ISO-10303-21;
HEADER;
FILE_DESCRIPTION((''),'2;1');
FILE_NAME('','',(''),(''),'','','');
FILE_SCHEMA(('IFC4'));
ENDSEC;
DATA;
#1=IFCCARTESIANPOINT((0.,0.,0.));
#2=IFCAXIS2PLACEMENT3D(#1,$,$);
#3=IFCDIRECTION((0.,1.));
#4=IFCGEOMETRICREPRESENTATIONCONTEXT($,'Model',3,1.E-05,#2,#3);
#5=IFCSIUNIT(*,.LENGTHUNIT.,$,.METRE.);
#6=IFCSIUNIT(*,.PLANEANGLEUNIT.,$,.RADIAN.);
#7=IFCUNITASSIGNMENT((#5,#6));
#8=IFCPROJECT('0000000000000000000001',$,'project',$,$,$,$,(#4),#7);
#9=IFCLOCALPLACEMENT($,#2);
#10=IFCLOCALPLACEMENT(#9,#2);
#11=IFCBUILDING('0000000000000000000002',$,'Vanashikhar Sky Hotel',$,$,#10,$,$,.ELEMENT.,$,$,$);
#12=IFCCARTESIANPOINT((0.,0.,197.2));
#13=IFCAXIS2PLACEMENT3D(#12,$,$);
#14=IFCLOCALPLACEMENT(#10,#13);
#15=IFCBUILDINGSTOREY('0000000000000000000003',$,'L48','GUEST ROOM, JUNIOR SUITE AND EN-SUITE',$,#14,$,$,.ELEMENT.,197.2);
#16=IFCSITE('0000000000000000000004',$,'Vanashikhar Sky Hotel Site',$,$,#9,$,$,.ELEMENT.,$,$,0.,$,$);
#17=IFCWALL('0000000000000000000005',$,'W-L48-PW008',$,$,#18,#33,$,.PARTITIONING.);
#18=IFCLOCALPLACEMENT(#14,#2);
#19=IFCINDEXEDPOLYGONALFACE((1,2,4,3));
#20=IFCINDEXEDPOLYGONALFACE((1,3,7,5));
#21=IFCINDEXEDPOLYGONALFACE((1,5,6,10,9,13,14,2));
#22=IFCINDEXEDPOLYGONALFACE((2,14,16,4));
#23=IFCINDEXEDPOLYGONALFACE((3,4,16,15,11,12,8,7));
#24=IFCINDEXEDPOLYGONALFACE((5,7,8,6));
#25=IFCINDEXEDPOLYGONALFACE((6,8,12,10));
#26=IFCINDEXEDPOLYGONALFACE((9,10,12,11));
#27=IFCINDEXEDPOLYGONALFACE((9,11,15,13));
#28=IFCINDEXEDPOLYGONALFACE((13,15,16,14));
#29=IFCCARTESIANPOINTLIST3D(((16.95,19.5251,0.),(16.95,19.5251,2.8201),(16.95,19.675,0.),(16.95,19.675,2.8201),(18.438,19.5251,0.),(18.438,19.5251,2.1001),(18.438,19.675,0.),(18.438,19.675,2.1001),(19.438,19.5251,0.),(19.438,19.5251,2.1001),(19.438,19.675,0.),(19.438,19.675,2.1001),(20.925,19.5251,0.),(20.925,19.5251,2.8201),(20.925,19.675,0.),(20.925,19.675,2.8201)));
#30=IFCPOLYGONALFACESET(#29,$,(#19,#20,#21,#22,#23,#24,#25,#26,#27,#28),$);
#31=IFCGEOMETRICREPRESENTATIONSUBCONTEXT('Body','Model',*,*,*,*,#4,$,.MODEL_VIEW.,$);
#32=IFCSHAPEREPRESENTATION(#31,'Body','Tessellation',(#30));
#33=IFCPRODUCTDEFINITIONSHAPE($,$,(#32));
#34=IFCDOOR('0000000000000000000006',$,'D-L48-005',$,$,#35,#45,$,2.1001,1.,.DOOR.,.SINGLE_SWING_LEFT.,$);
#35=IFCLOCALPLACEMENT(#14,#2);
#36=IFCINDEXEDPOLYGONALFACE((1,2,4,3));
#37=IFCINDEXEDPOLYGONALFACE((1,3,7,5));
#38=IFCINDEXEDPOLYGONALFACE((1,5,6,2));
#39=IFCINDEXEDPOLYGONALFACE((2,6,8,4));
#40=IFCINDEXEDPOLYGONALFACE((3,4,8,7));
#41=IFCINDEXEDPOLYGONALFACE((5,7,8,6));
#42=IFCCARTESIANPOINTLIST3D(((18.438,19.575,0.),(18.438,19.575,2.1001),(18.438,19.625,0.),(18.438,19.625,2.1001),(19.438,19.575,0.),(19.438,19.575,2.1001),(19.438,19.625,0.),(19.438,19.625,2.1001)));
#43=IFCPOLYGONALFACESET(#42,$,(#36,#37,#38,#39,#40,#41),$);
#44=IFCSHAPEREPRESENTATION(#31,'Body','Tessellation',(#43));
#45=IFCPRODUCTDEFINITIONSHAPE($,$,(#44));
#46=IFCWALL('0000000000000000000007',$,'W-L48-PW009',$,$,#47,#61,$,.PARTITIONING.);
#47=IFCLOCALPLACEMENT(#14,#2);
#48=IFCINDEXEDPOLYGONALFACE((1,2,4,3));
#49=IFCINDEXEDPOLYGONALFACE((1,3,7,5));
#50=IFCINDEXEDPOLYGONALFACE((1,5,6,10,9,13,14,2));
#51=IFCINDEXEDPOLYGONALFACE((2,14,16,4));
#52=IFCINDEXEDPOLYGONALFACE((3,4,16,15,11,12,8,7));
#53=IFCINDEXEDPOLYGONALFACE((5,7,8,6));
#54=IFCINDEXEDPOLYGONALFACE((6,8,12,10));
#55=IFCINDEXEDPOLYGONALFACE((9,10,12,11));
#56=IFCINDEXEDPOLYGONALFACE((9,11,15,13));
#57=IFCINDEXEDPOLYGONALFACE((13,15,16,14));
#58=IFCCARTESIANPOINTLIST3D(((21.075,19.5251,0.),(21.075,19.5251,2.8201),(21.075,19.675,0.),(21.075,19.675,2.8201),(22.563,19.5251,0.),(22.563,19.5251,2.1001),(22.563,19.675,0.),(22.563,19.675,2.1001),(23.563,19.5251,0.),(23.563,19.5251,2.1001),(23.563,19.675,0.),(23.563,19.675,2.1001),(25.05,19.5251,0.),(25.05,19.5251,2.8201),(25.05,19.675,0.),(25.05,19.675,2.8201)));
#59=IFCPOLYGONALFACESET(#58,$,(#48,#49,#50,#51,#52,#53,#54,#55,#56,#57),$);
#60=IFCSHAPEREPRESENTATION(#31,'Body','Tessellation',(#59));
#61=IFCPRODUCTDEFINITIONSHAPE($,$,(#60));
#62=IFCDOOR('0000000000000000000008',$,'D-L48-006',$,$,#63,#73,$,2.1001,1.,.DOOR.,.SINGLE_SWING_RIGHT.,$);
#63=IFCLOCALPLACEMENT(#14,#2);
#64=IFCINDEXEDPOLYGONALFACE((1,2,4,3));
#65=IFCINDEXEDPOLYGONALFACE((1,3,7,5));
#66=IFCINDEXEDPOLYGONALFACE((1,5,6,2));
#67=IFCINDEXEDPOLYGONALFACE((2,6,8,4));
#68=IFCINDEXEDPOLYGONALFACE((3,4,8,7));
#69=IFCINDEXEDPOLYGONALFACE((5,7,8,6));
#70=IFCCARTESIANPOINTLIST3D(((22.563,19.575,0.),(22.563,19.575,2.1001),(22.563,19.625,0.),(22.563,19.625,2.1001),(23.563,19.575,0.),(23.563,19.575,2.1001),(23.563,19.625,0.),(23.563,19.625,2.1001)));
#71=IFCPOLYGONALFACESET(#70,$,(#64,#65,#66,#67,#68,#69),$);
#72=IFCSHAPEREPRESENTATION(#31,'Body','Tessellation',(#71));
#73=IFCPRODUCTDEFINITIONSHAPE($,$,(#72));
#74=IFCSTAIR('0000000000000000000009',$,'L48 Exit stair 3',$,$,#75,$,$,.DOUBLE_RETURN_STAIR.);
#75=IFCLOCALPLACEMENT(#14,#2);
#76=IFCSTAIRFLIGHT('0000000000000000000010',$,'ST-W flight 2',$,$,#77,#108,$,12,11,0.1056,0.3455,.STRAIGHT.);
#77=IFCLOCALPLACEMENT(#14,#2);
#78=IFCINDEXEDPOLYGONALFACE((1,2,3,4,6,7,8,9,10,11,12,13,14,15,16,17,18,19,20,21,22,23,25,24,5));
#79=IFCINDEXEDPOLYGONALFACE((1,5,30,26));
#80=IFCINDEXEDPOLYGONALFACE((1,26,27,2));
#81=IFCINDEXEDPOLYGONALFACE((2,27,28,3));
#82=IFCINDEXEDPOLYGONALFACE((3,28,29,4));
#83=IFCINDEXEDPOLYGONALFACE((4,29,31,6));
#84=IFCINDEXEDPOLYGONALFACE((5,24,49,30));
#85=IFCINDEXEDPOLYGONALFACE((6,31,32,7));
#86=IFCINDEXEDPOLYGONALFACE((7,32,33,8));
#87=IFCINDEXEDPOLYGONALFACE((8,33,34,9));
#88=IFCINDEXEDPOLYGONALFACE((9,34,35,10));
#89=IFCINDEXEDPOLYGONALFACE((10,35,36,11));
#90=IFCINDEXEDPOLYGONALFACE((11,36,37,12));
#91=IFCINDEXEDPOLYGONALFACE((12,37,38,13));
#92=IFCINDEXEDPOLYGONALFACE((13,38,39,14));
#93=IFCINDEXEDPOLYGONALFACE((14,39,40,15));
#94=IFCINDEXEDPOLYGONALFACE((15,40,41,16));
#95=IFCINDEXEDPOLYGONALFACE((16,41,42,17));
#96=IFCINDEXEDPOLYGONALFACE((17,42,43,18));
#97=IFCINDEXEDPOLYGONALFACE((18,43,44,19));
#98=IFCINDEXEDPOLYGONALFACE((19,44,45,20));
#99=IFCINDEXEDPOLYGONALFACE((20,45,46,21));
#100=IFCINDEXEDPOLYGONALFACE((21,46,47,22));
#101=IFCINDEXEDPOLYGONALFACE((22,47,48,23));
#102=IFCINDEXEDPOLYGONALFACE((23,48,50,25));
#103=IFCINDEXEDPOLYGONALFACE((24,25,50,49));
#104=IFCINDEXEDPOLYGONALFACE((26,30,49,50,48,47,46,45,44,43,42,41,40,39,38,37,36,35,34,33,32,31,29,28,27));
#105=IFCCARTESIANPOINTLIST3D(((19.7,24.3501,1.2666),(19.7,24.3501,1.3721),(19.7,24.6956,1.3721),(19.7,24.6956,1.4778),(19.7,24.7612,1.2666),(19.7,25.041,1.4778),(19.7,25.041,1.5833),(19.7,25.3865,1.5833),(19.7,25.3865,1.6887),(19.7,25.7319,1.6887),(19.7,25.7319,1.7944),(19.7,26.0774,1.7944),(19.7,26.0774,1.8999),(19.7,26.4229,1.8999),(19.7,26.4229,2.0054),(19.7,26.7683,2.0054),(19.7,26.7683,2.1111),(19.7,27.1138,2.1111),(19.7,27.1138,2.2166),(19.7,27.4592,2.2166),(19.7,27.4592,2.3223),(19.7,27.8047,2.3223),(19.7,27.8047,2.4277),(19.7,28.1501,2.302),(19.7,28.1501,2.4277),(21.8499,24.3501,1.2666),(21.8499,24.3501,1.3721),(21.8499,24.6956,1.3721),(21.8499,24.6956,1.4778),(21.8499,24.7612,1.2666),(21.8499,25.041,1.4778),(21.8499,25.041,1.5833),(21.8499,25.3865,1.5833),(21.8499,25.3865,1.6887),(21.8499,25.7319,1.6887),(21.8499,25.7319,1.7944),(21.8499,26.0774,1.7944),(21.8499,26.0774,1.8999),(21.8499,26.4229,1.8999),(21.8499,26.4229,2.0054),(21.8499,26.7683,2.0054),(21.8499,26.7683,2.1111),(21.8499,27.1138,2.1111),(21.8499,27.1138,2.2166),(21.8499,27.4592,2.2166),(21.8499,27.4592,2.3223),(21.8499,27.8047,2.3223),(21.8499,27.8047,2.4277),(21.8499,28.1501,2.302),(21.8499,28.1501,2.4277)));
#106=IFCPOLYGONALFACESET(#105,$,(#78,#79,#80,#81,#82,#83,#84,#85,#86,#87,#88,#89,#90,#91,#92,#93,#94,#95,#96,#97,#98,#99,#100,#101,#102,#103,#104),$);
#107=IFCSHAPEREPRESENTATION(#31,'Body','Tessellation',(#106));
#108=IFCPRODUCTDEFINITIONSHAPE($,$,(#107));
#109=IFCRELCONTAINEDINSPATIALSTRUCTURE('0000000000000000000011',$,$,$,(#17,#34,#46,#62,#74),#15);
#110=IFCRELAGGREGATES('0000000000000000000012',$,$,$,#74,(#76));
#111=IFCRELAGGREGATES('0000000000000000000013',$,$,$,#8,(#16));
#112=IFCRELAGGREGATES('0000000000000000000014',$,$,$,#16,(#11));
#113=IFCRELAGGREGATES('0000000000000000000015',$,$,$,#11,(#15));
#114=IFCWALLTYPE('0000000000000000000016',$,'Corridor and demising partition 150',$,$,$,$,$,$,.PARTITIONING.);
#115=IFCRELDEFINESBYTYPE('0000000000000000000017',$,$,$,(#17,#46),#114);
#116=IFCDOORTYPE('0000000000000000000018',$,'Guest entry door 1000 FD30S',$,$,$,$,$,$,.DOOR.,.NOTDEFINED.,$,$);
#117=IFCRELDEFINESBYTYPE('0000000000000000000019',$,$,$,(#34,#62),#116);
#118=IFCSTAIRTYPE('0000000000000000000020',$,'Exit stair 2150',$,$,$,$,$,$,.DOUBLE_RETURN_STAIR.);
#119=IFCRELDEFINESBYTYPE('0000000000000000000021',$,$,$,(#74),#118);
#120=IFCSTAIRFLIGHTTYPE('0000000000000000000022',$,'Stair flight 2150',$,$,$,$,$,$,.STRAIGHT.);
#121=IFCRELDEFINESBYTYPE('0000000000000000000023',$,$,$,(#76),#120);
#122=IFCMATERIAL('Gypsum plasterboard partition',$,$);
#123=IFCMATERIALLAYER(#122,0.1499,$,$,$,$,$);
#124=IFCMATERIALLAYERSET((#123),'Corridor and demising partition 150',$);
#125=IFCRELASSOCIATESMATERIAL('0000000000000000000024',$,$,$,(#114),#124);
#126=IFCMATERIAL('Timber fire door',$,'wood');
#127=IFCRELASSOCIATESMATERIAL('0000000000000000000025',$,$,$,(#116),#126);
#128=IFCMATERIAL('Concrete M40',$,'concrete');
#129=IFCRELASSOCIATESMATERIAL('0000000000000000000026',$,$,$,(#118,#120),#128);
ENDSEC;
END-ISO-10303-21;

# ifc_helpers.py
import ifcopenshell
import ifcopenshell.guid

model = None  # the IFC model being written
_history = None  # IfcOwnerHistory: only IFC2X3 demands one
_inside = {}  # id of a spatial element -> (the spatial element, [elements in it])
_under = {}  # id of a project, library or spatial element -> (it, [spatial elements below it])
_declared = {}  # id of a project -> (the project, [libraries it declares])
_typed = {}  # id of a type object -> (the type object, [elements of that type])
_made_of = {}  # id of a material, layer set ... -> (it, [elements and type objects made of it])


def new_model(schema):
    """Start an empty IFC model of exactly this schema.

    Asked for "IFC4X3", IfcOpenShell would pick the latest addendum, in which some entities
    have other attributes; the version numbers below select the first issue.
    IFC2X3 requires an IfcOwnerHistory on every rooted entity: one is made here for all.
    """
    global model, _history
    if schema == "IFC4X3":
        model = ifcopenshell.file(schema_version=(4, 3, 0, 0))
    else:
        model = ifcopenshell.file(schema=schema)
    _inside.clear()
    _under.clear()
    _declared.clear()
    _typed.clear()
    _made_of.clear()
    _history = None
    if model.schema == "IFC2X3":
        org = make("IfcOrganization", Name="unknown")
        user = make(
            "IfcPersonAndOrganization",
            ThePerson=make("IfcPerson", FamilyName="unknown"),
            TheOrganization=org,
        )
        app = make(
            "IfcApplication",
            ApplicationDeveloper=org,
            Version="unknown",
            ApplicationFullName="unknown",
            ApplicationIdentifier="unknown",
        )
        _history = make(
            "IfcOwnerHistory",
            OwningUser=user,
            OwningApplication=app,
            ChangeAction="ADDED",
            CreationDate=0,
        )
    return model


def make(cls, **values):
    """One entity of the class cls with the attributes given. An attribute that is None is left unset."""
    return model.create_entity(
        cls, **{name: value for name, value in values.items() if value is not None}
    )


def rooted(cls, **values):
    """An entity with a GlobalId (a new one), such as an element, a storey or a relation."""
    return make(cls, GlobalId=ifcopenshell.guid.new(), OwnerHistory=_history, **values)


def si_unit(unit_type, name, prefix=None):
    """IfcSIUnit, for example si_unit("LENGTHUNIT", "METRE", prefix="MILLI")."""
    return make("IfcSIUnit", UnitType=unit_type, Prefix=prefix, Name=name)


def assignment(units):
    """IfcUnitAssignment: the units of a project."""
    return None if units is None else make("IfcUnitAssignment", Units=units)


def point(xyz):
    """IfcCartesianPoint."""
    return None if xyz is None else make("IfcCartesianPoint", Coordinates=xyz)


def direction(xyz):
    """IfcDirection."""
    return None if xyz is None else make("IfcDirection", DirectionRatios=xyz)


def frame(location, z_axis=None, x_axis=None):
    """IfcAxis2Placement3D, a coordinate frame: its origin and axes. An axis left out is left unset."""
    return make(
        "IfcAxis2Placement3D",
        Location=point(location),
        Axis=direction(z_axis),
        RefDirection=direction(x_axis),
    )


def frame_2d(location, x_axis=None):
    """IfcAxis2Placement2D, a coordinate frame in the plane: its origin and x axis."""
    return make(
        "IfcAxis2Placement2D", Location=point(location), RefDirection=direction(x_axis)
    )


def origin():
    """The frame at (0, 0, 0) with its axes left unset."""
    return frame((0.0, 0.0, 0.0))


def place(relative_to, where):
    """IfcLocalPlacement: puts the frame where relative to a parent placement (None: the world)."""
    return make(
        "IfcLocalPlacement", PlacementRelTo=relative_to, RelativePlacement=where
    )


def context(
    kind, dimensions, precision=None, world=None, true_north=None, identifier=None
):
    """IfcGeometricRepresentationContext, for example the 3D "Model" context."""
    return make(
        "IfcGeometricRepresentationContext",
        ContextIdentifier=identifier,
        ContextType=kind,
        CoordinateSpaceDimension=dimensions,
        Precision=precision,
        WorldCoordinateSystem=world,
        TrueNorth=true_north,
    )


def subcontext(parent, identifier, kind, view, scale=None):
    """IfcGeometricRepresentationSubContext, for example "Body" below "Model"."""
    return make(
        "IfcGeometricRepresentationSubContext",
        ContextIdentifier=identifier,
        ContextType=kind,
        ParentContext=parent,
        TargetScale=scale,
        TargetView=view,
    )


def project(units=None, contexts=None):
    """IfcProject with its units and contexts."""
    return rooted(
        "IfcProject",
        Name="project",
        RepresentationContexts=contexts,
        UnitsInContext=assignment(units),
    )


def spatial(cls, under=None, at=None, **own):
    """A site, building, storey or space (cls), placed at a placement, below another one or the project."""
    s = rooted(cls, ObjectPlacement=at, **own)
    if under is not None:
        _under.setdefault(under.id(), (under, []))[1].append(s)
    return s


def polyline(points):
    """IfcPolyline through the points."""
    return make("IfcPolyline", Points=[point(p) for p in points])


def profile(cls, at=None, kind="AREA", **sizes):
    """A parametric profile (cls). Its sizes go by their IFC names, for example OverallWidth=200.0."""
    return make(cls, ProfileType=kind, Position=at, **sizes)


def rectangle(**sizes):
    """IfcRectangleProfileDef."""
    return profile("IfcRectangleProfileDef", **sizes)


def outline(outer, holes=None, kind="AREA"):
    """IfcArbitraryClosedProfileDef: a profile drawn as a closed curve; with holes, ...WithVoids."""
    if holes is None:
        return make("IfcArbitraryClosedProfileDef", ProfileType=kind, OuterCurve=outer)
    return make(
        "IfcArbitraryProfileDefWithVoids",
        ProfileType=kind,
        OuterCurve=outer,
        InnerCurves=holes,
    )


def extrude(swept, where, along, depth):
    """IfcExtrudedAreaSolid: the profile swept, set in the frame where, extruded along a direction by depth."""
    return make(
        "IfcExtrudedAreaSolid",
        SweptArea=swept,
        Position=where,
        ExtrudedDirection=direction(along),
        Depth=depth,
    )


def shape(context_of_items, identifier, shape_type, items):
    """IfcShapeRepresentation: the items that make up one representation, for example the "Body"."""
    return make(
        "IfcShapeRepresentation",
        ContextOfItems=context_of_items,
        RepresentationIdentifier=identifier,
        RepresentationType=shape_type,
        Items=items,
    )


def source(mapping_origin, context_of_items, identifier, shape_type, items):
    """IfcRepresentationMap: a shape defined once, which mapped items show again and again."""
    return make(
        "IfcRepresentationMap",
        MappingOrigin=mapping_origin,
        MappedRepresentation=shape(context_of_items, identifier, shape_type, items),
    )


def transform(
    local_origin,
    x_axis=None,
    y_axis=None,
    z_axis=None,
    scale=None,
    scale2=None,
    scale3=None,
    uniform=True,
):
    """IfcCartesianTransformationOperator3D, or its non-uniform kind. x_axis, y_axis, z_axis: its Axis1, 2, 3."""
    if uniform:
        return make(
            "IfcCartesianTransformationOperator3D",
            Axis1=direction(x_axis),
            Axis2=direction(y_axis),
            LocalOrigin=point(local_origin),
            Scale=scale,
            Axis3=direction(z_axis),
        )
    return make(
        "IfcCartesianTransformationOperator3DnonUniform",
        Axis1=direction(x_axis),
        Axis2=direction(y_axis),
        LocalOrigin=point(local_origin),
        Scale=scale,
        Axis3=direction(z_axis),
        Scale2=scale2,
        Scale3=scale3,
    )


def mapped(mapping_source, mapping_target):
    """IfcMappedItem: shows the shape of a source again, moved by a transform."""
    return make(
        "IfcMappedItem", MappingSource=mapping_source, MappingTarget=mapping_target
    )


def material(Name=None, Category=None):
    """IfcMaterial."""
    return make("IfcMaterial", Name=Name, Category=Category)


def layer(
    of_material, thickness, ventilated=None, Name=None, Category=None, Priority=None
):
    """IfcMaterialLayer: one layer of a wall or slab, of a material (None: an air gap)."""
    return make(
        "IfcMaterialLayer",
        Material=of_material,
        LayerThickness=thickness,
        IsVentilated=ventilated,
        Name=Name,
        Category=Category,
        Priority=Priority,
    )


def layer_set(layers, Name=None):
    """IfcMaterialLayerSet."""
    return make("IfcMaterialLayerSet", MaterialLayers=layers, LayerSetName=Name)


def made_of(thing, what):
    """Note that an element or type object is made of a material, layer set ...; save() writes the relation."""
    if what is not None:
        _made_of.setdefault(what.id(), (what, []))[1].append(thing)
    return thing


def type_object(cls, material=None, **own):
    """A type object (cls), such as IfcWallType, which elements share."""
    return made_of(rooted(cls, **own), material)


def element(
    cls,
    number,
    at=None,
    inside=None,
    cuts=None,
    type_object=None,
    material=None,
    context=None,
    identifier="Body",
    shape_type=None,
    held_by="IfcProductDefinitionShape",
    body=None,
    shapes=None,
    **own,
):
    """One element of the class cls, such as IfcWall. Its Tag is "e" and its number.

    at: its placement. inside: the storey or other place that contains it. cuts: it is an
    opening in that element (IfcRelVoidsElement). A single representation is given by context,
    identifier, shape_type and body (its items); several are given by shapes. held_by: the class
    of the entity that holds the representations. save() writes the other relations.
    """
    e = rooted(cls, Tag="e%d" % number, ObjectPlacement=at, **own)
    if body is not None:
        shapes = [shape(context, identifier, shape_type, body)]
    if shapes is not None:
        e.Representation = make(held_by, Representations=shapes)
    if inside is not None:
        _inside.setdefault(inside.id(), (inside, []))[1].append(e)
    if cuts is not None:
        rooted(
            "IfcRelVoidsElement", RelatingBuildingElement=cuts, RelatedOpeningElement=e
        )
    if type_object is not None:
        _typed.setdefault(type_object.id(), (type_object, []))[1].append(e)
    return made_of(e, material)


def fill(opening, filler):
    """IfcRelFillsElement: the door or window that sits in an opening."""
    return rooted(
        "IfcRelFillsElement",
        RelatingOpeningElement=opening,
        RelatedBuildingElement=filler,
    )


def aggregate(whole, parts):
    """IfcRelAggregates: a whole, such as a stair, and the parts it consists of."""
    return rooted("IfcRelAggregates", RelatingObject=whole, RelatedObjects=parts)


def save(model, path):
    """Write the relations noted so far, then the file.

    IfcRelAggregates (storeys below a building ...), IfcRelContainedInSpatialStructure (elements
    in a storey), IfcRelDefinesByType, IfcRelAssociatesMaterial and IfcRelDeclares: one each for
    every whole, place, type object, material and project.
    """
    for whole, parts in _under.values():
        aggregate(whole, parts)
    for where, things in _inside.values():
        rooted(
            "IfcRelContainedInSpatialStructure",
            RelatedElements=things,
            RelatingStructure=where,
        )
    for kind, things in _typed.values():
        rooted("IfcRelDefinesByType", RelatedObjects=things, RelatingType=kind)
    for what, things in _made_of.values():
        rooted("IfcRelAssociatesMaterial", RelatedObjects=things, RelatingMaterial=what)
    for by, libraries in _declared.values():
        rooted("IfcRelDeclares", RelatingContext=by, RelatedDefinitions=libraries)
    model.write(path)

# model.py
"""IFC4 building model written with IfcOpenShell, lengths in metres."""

from ifc_helpers import new_model, si_unit, direction, frame, frame_2d, origin, place, context, subcontext, project, spatial, polyline, rectangle, outline, extrude, source, transform, mapped, material, layer, layer_set, type_object, element, fill, aggregate, save


model = new_model("IFC4")

# Units and contexts
model_context = context("Model", 3, precision=1e-05, world=origin(), true_north=direction((0.0, 1.0)))
body_context = subcontext(model_context, "Body", "Model", "MODEL_VIEW")
ifc_project = project(units=[si_unit("LENGTHUNIT", "METRE"), si_unit("PLANEANGLEUNIT", "RADIAN")], contexts=[model_context])

# Site, building, storey
site_placement = place(None, origin())
site = spatial("IfcSite", under=ifc_project, at=site_placement, Name="Vanashikhar Sky Hotel Site", CompositionType="ELEMENT", RefElevation=0.0)
building_placement = place(site_placement, origin())
building = spatial("IfcBuilding", under=site, at=building_placement, Name="Vanashikhar Sky Hotel", CompositionType="ELEMENT")
storey_placement = place(building_placement, frame((0.0, 0.0, 197.2)))
storey = spatial("IfcBuildingStorey", under=building, at=storey_placement, Name="L48", Description="GUEST ROOM, JUNIOR SUITE AND EN-SUITE", CompositionType="ELEMENT", Elevation=197.2)

# Walls, openings, doors
ifc_material_1 = material(Name="Gypsum plasterboard partition")
ifc_layer_1 = layer(ifc_material_1, 0.1499)
ifc_layer_set_1 = layer_set([ifc_layer_1], Name="Corridor and demising partition 150")
wall_type_1 = type_object("IfcWallType", Name="Corridor and demising partition 150", PredefinedType="PARTITIONING", material=ifc_layer_set_1)
shared_shape_1 = source(origin(), body_context, "Body", "SweptSolid", [
    extrude(rectangle(XDim=3.9751, YDim=0.1499, at=frame_2d((1.9875, 0.0))), origin(), (0.0, 0.0, 1.0), 2.8201),
])
wall_1_placement = place(storey_placement, frame((16.95, 19.6001, 0.0), z_axis=(0.0, 0.0, 1.0), x_axis=(1.0, 0.0, 0.0)))
wall_1 = element("IfcWall", 1, at=wall_1_placement, inside=storey, type_object=wall_type_1, Name="W-L48-PW008", PredefinedType="PARTITIONING", context=body_context, shape_type="MappedRepresentation", body=[
    mapped(shared_shape_1, transform((0.0, 0.0, 0.0), scale=1.0)),
])
shared_shape_2 = source(origin(), body_context, "Body", "SweptSolid", [
    extrude(rectangle(XDim=1.0, YDim=2.1001, at=frame_2d((0.5, 1.05))), frame((0.0, 0.085, 0.0), z_axis=(0.0, -1.0, 0.0), x_axis=(1.0, 0.0, 0.0)), (0.0, 0.0, 1.0), 0.1699),
])
opening_1_placement = place(wall_1_placement, frame((1.488, 0.0, 0.0)))
opening_1 = element("IfcOpeningElement", 2, at=opening_1_placement, cuts=wall_1, PredefinedType="OPENING", context=body_context, shape_type="MappedRepresentation", body=[
    mapped(shared_shape_2, transform((0.0, 0.0, 0.0), scale=1.0)),
])
ifc_material_2 = material(Name="Timber fire door", Category="wood")
door_type_1 = type_object("IfcDoorType", Name="Guest entry door 1000 FD30S", OperationType="NOTDEFINED", PredefinedType="DOOR", material=ifc_material_2)
shared_shape_3 = source(origin(), body_context, "Body", "SweptSolid", [
    extrude(rectangle(XDim=1.0, YDim=2.1001, at=frame_2d((0.5, 1.05))), frame((0.0, 0.0249, 0.0), z_axis=(0.0, -1.0, 0.0), x_axis=(1.0, 0.0, 0.0)), (0.0, 0.0, 1.0), 0.05),
])
door_1_placement = place(opening_1_placement, origin())
door_1 = element("IfcDoor", 3, at=door_1_placement, inside=storey, type_object=door_type_1, Name="D-L48-005", OperationType="SINGLE_SWING_LEFT", OverallHeight=2.1001, OverallWidth=1.0, PredefinedType="DOOR", context=body_context, shape_type="MappedRepresentation", body=[
    mapped(shared_shape_3, transform((0.0, 0.0, 0.0), scale=1.0)),
])
fill(opening_1, door_1)
wall_2_placement = place(storey_placement, frame((21.075, 19.6001, 0.0), z_axis=(0.0, 0.0, 1.0), x_axis=(1.0, 0.0, 0.0)))
wall_2 = element("IfcWall", 4, at=wall_2_placement, inside=storey, type_object=wall_type_1, Name="W-L48-PW009", PredefinedType="PARTITIONING", context=body_context, shape_type="MappedRepresentation", body=[
    mapped(shared_shape_1, transform((0.0, 0.0, 0.0), scale=1.0)),
])
opening_2_placement = place(wall_2_placement, frame((1.488, 0.0, 0.0)))
opening_2 = element("IfcOpeningElement", 5, at=opening_2_placement, cuts=wall_2, PredefinedType="OPENING", context=body_context, shape_type="MappedRepresentation", body=[
    mapped(shared_shape_2, transform((0.0, 0.0, 0.0), scale=1.0)),
])
door_2_placement = place(opening_2_placement, origin())
door_2 = element("IfcDoor", 6, at=door_2_placement, inside=storey, type_object=door_type_1, Name="D-L48-006", OperationType="SINGLE_SWING_RIGHT", OverallHeight=2.1001, OverallWidth=1.0, PredefinedType="DOOR", context=body_context, shape_type="MappedRepresentation", body=[
    mapped(shared_shape_3, transform((0.0, 0.0, 0.0), scale=1.0)),
])
fill(opening_2, door_2)

# Stair, stair flight
ifc_material_3 = material(Name="Concrete M40", Category="concrete")
stair_type = type_object("IfcStairType", Name="Exit stair 2150", PredefinedType="DOUBLE_RETURN_STAIR", material=ifc_material_3)
stair_placement = place(storey_placement, origin())
stair = element("IfcStair", 7, at=stair_placement, inside=storey, type_object=stair_type, Name="L48 Exit stair 3", PredefinedType="DOUBLE_RETURN_STAIR")
stair_flight_type = type_object("IfcStairFlightType", Name="Stair flight 2150", PredefinedType="STRAIGHT", material=ifc_material_3)
shared_shape_4 = source(origin(), body_context, "Body", "SweptSolid", [
    extrude(outline(polyline([(0.0, 0.0), (0.0, 0.1055), (0.3455, 0.1055), (0.3455, 0.2112), (0.6909, 0.2112), (0.6909, 0.3167), (1.0364, 0.3167), (1.0364, 0.4221), (1.3818, 0.4221), (1.3818, 0.5278), (1.7273, 0.5278), (1.7273, 0.6333), (2.0728, 0.6333), (2.0728, 0.7388), (2.4182, 0.7388), (2.4182, 0.8445), (2.7637, 0.8445), (2.7637, 0.95), (3.1091, 0.95), (3.1091, 1.0557), (3.4546, 1.0557), (3.4546, 1.1611), (3.8, 1.1611), (3.8, 1.2666), (3.8, 1.0354), (0.4111, 0.0), (0.0, 0.0)])), frame((0.0, 1.075, 0.0), z_axis=(0.0, -1.0, 0.0), x_axis=(1.0, 0.0, 0.0)), (0.0, 0.0, 1.0), 2.1499),
])
stair_flight_placement = place(storey_placement, frame((20.7749, 24.3501, 1.2666), z_axis=(0.0, 0.0, 1.0), x_axis=(0.0, 1.0, 0.0)))
stair_flight = element("IfcStairFlight", 8, at=stair_flight_placement, type_object=stair_flight_type, Name="ST-W flight 2", NumberOfRisers=12, NumberOfTreads=11, PredefinedType="STRAIGHT", RiserHeight=0.1056, TreadLength=0.3455, context=body_context, shape_type="MappedRepresentation", body=[
    mapped(shared_shape_4, transform((0.0, 0.0, 0.0), scale=1.0)),
])
aggregate(stair, [stair_flight])

save(model, "model.ifc")
